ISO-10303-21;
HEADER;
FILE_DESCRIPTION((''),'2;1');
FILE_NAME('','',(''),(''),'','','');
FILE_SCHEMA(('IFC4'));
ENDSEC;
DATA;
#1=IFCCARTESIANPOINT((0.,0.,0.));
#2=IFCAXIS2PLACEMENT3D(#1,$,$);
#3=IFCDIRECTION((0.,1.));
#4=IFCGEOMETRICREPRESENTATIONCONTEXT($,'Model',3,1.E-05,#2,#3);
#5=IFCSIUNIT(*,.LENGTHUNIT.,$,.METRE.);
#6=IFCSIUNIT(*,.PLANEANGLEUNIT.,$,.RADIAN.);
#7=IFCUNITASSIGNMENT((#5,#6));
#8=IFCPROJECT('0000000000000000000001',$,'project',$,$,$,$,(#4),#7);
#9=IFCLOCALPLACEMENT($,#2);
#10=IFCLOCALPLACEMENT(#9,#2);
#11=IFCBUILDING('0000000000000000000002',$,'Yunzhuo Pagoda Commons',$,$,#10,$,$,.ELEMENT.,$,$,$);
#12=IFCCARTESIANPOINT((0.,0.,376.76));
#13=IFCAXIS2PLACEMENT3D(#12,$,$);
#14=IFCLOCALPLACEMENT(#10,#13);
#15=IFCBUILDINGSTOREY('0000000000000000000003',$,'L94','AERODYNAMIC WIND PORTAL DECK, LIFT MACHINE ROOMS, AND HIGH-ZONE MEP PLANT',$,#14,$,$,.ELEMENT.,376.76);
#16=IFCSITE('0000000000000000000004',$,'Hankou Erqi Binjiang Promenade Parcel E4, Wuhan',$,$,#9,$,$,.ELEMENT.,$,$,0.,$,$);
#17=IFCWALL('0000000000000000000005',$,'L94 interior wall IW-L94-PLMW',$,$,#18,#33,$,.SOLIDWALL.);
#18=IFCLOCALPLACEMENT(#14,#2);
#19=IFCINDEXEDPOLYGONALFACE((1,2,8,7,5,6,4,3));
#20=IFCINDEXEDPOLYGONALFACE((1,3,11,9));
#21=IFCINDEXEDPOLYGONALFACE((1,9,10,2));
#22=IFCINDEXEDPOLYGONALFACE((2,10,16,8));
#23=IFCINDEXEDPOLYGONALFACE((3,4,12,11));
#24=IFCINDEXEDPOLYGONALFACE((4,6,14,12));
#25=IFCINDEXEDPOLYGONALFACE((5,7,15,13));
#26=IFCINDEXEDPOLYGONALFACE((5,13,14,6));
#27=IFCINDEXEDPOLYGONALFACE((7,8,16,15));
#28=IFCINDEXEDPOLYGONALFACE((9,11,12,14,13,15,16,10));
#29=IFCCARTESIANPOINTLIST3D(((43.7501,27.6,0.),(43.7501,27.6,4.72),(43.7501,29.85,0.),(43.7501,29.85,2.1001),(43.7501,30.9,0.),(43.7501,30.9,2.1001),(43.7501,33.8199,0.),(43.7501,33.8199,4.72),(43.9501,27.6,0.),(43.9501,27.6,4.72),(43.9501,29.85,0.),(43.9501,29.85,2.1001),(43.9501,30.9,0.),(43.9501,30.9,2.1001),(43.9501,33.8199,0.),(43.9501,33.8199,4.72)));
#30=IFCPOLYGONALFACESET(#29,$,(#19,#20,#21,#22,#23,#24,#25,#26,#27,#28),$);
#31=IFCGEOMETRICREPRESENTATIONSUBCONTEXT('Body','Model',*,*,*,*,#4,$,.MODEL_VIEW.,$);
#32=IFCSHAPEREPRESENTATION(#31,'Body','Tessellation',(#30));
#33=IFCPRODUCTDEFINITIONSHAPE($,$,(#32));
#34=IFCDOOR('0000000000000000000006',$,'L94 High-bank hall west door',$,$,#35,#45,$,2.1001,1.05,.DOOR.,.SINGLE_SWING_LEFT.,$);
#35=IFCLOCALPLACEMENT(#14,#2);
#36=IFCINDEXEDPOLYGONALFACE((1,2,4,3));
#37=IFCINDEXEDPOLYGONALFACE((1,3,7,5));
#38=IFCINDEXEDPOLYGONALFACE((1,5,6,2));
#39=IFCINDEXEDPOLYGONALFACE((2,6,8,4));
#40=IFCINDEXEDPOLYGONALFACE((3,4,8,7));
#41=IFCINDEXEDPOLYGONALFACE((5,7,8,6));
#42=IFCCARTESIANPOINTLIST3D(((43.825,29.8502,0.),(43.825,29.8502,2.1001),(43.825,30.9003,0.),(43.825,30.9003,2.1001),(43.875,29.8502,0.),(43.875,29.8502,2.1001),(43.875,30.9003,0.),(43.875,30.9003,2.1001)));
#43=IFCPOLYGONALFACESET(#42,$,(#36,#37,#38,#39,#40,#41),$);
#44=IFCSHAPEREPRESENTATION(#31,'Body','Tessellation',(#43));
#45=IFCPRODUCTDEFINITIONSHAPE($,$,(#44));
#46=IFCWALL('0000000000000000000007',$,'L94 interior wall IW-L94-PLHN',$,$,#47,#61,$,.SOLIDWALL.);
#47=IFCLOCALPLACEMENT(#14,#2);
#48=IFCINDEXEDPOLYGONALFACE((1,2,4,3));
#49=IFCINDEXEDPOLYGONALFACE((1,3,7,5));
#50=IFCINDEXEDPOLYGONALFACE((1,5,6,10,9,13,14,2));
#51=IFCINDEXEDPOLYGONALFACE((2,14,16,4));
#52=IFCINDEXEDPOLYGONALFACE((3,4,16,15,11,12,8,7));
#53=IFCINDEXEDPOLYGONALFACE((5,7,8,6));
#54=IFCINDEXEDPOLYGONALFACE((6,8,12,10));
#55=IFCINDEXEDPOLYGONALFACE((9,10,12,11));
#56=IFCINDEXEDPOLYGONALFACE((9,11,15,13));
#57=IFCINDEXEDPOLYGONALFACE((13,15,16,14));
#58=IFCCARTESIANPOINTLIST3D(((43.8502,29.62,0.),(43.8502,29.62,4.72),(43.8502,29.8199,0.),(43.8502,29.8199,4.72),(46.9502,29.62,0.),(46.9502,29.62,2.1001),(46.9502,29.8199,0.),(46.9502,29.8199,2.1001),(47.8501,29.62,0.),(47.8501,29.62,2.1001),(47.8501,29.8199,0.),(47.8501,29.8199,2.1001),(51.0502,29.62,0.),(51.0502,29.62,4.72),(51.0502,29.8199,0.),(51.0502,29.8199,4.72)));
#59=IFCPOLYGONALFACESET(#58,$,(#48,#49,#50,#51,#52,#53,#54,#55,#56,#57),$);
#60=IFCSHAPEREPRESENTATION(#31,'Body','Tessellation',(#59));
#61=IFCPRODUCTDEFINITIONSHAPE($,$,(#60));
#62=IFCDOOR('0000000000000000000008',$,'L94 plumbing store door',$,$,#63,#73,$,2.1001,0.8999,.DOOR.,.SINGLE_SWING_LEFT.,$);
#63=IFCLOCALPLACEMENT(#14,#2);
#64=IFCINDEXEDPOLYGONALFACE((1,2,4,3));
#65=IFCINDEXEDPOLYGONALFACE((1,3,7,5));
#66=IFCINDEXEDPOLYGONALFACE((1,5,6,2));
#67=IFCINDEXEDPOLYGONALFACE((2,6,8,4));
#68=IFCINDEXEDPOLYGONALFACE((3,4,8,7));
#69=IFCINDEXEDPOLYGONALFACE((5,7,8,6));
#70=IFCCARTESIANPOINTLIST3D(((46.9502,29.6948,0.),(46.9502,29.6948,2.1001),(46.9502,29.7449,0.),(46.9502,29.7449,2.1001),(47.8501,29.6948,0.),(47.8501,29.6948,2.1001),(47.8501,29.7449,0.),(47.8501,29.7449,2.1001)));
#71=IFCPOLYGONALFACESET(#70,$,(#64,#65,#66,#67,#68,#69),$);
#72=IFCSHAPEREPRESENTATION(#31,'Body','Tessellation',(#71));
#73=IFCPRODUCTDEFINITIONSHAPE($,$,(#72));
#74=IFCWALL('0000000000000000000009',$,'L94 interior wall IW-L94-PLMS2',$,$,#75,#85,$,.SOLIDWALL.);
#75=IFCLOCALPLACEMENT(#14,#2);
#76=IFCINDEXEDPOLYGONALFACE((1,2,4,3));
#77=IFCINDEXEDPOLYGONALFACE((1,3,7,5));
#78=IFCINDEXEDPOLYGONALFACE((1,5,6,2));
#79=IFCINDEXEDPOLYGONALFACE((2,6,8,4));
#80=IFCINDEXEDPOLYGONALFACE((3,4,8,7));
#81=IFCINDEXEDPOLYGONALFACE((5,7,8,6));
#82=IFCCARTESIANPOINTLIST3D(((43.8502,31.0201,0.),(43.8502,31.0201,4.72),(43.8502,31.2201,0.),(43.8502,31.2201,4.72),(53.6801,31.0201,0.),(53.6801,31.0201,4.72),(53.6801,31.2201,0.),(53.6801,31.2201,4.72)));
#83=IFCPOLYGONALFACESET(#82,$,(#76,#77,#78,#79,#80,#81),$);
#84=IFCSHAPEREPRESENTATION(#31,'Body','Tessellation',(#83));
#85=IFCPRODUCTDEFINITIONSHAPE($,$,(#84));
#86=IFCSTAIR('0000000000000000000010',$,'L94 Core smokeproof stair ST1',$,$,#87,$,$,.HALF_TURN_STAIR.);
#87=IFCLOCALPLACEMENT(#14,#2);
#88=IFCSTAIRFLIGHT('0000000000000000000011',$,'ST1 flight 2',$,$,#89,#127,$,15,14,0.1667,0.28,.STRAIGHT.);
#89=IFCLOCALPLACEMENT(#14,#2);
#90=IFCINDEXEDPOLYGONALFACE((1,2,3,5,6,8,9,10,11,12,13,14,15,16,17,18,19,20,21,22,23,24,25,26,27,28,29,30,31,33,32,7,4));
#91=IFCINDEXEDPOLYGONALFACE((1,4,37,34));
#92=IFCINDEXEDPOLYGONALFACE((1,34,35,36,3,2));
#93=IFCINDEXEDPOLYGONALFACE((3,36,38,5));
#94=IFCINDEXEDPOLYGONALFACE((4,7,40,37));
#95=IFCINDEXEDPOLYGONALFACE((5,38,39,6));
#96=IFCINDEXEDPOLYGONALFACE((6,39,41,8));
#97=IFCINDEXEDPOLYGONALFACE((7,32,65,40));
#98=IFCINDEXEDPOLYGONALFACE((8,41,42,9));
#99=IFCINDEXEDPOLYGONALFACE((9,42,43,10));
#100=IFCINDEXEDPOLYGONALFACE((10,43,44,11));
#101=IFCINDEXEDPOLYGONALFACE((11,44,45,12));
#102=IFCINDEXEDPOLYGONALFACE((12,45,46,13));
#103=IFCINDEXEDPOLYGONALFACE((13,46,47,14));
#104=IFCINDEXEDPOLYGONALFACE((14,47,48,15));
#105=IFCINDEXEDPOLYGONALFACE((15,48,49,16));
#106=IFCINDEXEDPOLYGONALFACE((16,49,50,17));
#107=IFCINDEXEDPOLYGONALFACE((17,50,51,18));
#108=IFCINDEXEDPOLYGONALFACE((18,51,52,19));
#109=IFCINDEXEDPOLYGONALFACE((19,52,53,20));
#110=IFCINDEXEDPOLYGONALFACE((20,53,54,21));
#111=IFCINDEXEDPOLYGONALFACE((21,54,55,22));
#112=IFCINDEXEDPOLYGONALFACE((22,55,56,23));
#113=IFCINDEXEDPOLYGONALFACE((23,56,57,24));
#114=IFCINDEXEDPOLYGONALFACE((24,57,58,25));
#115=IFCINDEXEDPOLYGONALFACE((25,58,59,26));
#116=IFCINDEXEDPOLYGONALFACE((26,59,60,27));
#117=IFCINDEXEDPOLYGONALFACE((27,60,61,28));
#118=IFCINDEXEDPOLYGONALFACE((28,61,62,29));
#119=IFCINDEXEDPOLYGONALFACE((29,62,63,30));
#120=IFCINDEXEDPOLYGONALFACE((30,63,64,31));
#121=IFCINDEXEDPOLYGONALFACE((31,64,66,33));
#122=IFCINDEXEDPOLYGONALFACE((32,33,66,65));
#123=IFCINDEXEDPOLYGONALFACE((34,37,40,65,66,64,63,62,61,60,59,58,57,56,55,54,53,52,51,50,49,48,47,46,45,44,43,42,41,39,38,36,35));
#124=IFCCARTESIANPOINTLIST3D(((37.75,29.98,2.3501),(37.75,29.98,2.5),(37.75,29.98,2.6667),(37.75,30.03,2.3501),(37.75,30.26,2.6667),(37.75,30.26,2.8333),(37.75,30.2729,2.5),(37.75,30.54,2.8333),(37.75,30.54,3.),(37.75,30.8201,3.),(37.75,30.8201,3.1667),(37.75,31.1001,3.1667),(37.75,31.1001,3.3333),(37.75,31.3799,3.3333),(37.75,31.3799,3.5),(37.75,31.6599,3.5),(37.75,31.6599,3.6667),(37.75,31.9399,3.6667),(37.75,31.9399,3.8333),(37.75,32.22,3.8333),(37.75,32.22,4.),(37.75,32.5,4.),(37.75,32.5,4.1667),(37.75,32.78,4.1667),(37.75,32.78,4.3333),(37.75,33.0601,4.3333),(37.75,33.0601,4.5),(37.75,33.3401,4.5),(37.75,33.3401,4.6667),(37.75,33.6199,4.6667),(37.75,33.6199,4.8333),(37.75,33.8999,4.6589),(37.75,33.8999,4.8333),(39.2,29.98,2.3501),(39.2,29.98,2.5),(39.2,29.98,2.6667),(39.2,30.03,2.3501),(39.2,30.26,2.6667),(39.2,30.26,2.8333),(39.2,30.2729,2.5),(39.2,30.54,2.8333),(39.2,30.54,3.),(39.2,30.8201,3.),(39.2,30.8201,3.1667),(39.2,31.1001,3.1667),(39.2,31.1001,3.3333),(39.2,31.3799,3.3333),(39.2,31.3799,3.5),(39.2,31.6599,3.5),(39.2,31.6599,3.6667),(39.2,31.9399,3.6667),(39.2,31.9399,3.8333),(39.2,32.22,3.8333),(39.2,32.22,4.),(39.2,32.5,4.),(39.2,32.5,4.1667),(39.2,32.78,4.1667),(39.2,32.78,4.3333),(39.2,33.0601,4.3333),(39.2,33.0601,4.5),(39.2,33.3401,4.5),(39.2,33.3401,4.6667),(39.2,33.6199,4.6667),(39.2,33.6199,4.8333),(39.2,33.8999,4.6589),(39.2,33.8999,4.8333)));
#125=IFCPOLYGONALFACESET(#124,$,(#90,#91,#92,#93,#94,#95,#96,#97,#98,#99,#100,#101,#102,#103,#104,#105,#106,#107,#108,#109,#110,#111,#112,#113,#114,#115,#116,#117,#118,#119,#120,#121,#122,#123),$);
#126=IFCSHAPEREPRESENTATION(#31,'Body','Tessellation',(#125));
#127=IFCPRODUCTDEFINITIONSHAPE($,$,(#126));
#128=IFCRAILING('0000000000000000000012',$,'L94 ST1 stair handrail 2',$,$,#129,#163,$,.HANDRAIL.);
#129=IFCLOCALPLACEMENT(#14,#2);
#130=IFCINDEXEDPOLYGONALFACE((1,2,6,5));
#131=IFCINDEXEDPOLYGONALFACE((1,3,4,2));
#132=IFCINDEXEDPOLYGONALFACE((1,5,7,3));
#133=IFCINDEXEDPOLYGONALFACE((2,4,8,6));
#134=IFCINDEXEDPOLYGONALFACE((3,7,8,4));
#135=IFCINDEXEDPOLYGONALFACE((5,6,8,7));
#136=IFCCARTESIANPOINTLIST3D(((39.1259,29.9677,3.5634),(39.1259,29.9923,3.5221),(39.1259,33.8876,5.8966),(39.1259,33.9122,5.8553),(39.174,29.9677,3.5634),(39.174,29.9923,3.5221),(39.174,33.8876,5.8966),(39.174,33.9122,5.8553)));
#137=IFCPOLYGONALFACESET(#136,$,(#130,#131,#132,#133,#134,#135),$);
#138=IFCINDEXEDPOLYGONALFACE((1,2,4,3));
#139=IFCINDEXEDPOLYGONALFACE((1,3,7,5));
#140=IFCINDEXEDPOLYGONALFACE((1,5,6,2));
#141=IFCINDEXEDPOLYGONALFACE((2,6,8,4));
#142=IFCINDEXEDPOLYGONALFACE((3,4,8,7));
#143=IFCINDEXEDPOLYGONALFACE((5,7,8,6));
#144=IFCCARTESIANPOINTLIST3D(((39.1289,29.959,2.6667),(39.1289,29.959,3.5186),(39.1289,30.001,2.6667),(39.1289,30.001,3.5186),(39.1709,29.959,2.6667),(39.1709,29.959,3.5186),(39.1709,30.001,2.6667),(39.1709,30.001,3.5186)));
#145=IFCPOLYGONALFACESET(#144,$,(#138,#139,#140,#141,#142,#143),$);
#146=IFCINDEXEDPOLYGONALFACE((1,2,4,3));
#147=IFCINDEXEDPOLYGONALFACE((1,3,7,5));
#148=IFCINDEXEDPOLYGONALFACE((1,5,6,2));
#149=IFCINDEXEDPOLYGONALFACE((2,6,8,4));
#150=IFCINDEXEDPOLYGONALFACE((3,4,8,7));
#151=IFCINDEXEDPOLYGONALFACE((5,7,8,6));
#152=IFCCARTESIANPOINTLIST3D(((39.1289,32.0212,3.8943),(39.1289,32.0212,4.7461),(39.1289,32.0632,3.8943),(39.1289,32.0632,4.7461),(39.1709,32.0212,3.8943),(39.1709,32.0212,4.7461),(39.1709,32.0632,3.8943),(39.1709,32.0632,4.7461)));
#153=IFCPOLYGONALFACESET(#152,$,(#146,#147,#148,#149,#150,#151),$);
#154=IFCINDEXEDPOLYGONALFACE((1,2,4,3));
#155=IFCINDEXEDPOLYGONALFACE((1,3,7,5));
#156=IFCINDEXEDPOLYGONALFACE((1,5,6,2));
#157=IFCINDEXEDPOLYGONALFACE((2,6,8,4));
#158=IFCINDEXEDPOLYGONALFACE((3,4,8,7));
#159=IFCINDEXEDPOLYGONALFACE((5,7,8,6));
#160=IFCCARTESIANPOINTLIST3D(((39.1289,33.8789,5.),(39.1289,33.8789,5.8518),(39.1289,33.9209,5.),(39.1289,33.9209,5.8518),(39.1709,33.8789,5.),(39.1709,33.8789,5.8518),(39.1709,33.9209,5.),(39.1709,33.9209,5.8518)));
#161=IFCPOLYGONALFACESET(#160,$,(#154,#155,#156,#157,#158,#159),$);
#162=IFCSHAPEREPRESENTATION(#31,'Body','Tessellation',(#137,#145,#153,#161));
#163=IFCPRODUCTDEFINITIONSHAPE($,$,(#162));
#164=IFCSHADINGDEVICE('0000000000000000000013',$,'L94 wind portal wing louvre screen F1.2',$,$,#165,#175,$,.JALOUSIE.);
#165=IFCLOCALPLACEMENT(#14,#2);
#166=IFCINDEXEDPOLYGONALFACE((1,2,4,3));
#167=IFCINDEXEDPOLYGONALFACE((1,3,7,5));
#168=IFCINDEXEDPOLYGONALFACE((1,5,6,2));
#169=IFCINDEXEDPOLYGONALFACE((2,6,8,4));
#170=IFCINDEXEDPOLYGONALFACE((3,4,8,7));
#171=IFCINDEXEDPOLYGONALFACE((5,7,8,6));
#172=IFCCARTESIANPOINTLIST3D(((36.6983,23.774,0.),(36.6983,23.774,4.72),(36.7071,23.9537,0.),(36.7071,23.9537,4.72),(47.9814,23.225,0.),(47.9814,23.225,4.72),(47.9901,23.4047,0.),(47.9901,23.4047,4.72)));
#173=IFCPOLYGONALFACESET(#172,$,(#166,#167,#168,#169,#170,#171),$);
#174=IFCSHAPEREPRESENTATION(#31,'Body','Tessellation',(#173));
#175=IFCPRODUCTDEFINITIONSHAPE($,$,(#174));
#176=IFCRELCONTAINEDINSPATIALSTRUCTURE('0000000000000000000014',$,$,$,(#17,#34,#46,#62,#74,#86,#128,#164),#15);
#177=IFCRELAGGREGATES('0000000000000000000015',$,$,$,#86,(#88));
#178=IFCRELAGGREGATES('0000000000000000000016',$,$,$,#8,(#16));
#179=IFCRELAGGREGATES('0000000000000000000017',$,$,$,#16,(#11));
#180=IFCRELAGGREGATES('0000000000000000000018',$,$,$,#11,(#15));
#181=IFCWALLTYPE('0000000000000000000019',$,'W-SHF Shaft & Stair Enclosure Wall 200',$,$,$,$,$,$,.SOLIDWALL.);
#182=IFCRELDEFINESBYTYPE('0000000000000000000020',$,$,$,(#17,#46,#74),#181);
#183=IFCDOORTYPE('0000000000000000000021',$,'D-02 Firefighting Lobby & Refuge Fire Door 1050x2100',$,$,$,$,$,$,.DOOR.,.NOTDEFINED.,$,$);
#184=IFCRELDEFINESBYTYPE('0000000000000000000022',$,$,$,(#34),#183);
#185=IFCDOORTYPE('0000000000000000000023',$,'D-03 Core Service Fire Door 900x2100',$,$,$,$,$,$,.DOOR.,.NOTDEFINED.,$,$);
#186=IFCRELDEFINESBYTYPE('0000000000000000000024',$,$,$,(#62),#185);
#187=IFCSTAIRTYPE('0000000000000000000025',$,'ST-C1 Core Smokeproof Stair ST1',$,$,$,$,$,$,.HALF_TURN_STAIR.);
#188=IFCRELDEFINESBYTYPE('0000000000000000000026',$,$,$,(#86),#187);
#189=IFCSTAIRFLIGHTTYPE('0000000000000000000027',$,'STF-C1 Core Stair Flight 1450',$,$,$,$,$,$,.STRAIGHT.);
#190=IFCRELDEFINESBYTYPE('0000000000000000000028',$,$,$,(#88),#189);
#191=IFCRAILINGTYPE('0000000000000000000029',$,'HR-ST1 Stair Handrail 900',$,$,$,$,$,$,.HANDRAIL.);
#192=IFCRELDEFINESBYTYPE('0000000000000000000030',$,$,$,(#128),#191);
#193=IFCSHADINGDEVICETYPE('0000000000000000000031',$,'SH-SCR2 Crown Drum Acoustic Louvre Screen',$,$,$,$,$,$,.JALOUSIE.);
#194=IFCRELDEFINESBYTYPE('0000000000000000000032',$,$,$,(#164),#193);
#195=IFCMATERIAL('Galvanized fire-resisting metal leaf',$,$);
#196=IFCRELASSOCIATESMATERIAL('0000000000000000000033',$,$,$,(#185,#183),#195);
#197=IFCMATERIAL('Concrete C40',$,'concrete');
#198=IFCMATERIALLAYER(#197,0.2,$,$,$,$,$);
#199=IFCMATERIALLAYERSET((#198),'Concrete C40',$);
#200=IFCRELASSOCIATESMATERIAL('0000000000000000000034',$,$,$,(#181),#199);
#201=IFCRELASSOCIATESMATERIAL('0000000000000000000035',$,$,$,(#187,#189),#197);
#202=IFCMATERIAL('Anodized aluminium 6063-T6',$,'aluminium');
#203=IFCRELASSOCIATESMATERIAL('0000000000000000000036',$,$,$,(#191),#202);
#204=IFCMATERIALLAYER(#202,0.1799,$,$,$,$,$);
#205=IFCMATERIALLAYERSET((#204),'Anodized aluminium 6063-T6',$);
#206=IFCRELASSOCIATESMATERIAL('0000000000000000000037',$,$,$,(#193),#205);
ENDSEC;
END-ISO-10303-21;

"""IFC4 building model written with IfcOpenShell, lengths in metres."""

from ifc_helpers import new_model, si_unit, direction, frame, frame_2d, origin, origin_with_axes, origin_2d, place, context, subcontext, project, spatial, polyline, rectangle, outline, extrude, source, transform, mapped, material, layer, layer_set, type_object, element, fill, aggregate, save


model = new_model("IFC4")

# Units and contexts
model_context = context("Model", 3, precision=1e-05, world=origin(), true_north=direction((0.0, 1.0)))
body_context = subcontext(model_context, "Body", "Model", "MODEL_VIEW")
ifc_project = project(units=[si_unit("LENGTHUNIT", "METRE"), si_unit("PLANEANGLEUNIT", "RADIAN")], contexts=[model_context])

# Site, building, storey
site_placement = place(None, origin())
site = spatial("IfcSite", under=ifc_project, at=site_placement, Name="Hankou Erqi Binjiang Promenade Parcel E4, Wuhan", CompositionType="ELEMENT", RefElevation=0.0)
building_placement = place(site_placement, origin())
building = spatial("IfcBuilding", under=site, at=building_placement, Name="Yunzhuo Pagoda Commons", CompositionType="ELEMENT")
storey_placement = place(building_placement, frame((0.0, 0.0, 376.76)))
storey = spatial("IfcBuildingStorey", under=building, at=storey_placement, Name="L94", Description="AERODYNAMIC WIND PORTAL DECK, LIFT MACHINE ROOMS, AND HIGH-ZONE MEP PLANT", CompositionType="ELEMENT", Elevation=376.76)

# Shared definitions
ifc_material_1 = material(Name="Galvanized fire-resisting metal leaf")
door_type_1 = type_object("IfcDoorType", Name="D-03 Core Service Fire Door 900x2100", OperationType="NOTDEFINED", PredefinedType="DOOR", material=ifc_material_1)
shared_shape_1 = source(origin(), body_context, "Body", "SweptSolid", [
    extrude(rectangle(XDim=0.8999, YDim=2.1001, at=frame_2d((0.45, 1.05))), frame((0.0, 0.0249, 0.0), z_axis=(0.0, -1.0, 0.0), x_axis=(1.0, 0.0, 0.0)), (0.0, 0.0, 1.0), 0.05),
])

# Walls, openings, doors
ifc_material_2 = material(Name="Concrete C40", Category="concrete")
ifc_layer_1 = layer(ifc_material_2, 0.2)
ifc_layer_set_1 = layer_set([ifc_layer_1], Name="Concrete C40")
wall_type_1 = type_object("IfcWallType", Name="W-SHF Shaft & Stair Enclosure Wall 200", PredefinedType="SOLIDWALL", material=ifc_layer_set_1)
wall_1_placement = place(storey_placement, frame((43.8501, 27.6001, 0.0), z_axis=(0.0, 0.0, 1.0), x_axis=(0.0, 1.0, 0.0)))
wall_1 = element("IfcWall", 1, at=wall_1_placement, inside=storey, type_object=wall_type_1, Name="L94 interior wall IW-L94-PLMW", PredefinedType="SOLIDWALL", context=body_context, shape_type="SweptSolid", body=[
    extrude(rectangle(XDim=6.22, YDim=0.2, at=frame_2d((3.1099, 0.0))), origin(), (0.0, 0.0, 1.0), 4.72),
])
opening_1_placement = place(wall_1_placement, frame((2.25, 0.0, 0.0)))
opening_1 = element("IfcOpeningElement", 2, at=opening_1_placement, cuts=wall_1, PredefinedType="OPENING", context=body_context, shape_type="SweptSolid", body=[
    extrude(rectangle(XDim=1.05, YDim=2.1001, at=frame_2d((0.5249, 1.05))), frame((0.0, 0.1099, 0.0), z_axis=(0.0, -1.0, 0.0), x_axis=(1.0, 0.0, 0.0)), (0.0, 0.0, 1.0), 0.22),
])
door_type_2 = type_object("IfcDoorType", Name="D-02 Firefighting Lobby & Refuge Fire Door 1050x2100", OperationType="NOTDEFINED", PredefinedType="DOOR", material=ifc_material_1)
shared_shape_2 = source(origin(), body_context, "Body", "SweptSolid", [
    extrude(rectangle(XDim=1.05, YDim=2.1001, at=frame_2d((0.5249, 1.05))), frame((0.0, 0.0249, 0.0), z_axis=(0.0, -1.0, 0.0), x_axis=(1.0, 0.0, 0.0)), (0.0, 0.0, 1.0), 0.05),
])
door_1_placement = place(opening_1_placement, frame((1.05, 0.0, 0.0), z_axis=(0.0, 0.0, 1.0), x_axis=(-1.0, 0.0, 0.0)))
door_1 = element("IfcDoor", 3, at=door_1_placement, inside=storey, type_object=door_type_2, Name="L94 High-bank hall west door", OperationType="SINGLE_SWING_LEFT", OverallHeight=2.1001, OverallWidth=1.05, PredefinedType="DOOR", context=body_context, shape_type="MappedRepresentation", body=[
    mapped(shared_shape_2, transform((0.0, 0.0, 0.0), scale=1.0)),
])
fill(opening_1, door_1)
wall_2_placement = place(storey_placement, frame((43.8501, 29.72, 0.0), z_axis=(0.0, 0.0, 1.0), x_axis=(1.0, 0.0, 0.0)))
wall_2 = element("IfcWall", 4, at=wall_2_placement, inside=storey, type_object=wall_type_1, Name="L94 interior wall IW-L94-PLHN", PredefinedType="SOLIDWALL", context=body_context, shape_type="SweptSolid", body=[
    extrude(rectangle(XDim=7.2, YDim=0.2, at=frame_2d((3.6001, 0.0))), origin(), (0.0, 0.0, 1.0), 4.72),
])
opening_2_placement = place(wall_2_placement, frame((3.1001, 0.0, 0.0)))
opening_2 = element("IfcOpeningElement", 5, at=opening_2_placement, cuts=wall_2, PredefinedType="OPENING", context=body_context, shape_type="SweptSolid", body=[
    extrude(rectangle(XDim=0.8999, YDim=2.1001, at=frame_2d((0.45, 1.05))), frame((0.0, 0.1099, 0.0), z_axis=(0.0, -1.0, 0.0), x_axis=(1.0, 0.0, 0.0)), (0.0, 0.0, 1.0), 0.22),
])
door_2_placement = place(opening_2_placement, origin_with_axes())
door_2 = element("IfcDoor", 6, at=door_2_placement, inside=storey, type_object=door_type_1, Name="L94 plumbing store door", OperationType="SINGLE_SWING_LEFT", OverallHeight=2.1001, OverallWidth=0.8999, PredefinedType="DOOR", context=body_context, shape_type="MappedRepresentation", body=[
    mapped(shared_shape_1, transform((0.0, 0.0, 0.0), scale=1.0)),
])
fill(opening_2, door_2)

# Wall
wall_3_placement = place(storey_placement, frame((43.8501, 31.1201, 0.0), z_axis=(0.0, 0.0, 1.0), x_axis=(1.0, 0.0, 0.0)))
element("IfcWall", 7, at=wall_3_placement, inside=storey, type_object=wall_type_1, Name="L94 interior wall IW-L94-PLMS2", PredefinedType="SOLIDWALL", context=body_context, shape_type="SweptSolid", body=[
    extrude(rectangle(XDim=9.8298, YDim=0.2, at=frame_2d((4.915, 0.0))), origin(), (0.0, 0.0, 1.0), 4.72),
])

# Stair, stair flight
stair_type = type_object("IfcStairType", Name="ST-C1 Core Smokeproof Stair ST1", PredefinedType="HALF_TURN_STAIR", material=ifc_material_2)
stair_placement = place(storey_placement, origin())
stair = element("IfcStair", 8, at=stair_placement, inside=storey, type_object=stair_type, Name="L94 Core smokeproof stair ST1", PredefinedType="HALF_TURN_STAIR")
stair_flight_type = type_object("IfcStairFlightType", Name="STF-C1 Core Stair Flight 1450", PredefinedType="STRAIGHT", material=ifc_material_2)
shared_shape_3 = source(origin(), body_context, "Body", "SweptSolid", [
    extrude(outline(polyline([(0.0, -0.1499), (0.0, 0.0), (0.0, 0.1667), (0.28, 0.1667), (0.28, 0.3333), (0.5601, 0.3333), (0.5601, 0.5), (0.8401, 0.5), (0.8401, 0.6667), (1.1201, 0.6667), (1.1201, 0.8333), (1.3999, 0.8333), (1.3999, 1.0), (1.6799, 1.0), (1.6799, 1.1667), (1.96, 1.1667), (1.96, 1.3333), (2.24, 1.3333), (2.24, 1.5), (2.52, 1.5), (2.52, 1.6667), (2.8, 1.6667), (2.8, 1.8333), (3.0801, 1.8333), (3.0801, 2.0), (3.3601, 2.0), (3.3601, 2.1667), (3.6399, 2.1667), (3.6399, 2.3333), (3.9199, 2.3333), (3.9199, 2.5), (3.9199, 2.1589), (0.293, 0.0), (0.05, -0.1499), (0.0, -0.1499)])), frame((0.0, 0.7251, 0.0), z_axis=(0.0, -1.0, 0.0), x_axis=(1.0, 0.0, 0.0)), (0.0, 0.0, 1.0), 1.45),
])
stair_flight_placement = place(storey_placement, frame((38.4751, 29.98, 2.5), z_axis=(0.0, 0.0, 1.0), x_axis=(0.0, 1.0, 0.0)))
stair_flight = element("IfcStairFlight", 9, at=stair_flight_placement, type_object=stair_flight_type, Name="ST1 flight 2", NumberOfRisers=15, NumberOfTreads=14, PredefinedType="STRAIGHT", RiserHeight=0.1667, TreadLength=0.28, context=body_context, shape_type="MappedRepresentation", body=[
    mapped(shared_shape_3, transform((0.0, 0.0, 0.0), scale=1.0)),
])
aggregate(stair, [stair_flight])

# Railing
ifc_material_3 = material(Name="Anodized aluminium 6063-T6", Category="aluminium")
railing_type = type_object("IfcRailingType", Name="HR-ST1 Stair Handrail 900", PredefinedType="HANDRAIL", material=ifc_material_3)
railing_placement = place(storey_placement, frame((39.1499, 29.98, 2.6667)))
element("IfcRailing", 10, at=railing_placement, inside=storey, type_object=railing_type, Name="L94 ST1 stair handrail 2", PredefinedType="HANDRAIL", context=body_context, shape_type="SweptSolid", body=[
    extrude(rectangle(XDim=0.0481, YDim=0.0481, at=origin_2d()), frame((0.0, 0.0, 0.876), z_axis=(0.0, 0.859296, 0.511478), x_axis=(-1.0, 0.0, 0.0)), (0.0, 0.0, 1.0), 4.5618),
    extrude(rectangle(XDim=0.042, YDim=0.042, at=origin_2d()), origin(), (0.0, 0.0, 1.0), 0.8518),
    extrude(rectangle(XDim=0.042, YDim=0.042, at=origin_2d()), frame((0.0, 2.0623, 1.2275)), (0.0, 0.0, 1.0), 0.8518),
    extrude(rectangle(XDim=0.042, YDim=0.042, at=origin_2d()), frame((0.0, 3.9199, 2.3333)), (0.0, 0.0, 1.0), 0.8518),
])

# Shading device
ifc_layer_2 = layer(ifc_material_3, 0.1799)
ifc_layer_set_2 = layer_set([ifc_layer_2], Name="Anodized aluminium 6063-T6")
shading_device_type = type_object("IfcShadingDeviceType", Name="SH-SCR2 Crown Drum Acoustic Louvre Screen", PredefinedType="JALOUSIE", material=ifc_layer_set_2)
shared_shape_4 = source(origin(), body_context, "Body", "SweptSolid", [
    extrude(rectangle(XDim=11.2964, YDim=0.1799, at=origin_2d()), origin(), (0.0, 0.0, 1.0), 4.72),
])
shading_device_placement = place(storey_placement, frame((42.3442, 23.5894, 0.0), z_axis=(0.0, 0.0, 1.0), x_axis=(0.998818, -0.048606, 0.0)))
element("IfcShadingDevice", 11, at=shading_device_placement, inside=storey, type_object=shading_device_type, Name="L94 wind portal wing louvre screen F1.2", PredefinedType="JALOUSIE", context=body_context, shape_type="MappedRepresentation", body=[
    mapped(shared_shape_4, transform((0.0, 0.0, 0.0), scale=1.0)),
])

save(model, "model.ifc")
